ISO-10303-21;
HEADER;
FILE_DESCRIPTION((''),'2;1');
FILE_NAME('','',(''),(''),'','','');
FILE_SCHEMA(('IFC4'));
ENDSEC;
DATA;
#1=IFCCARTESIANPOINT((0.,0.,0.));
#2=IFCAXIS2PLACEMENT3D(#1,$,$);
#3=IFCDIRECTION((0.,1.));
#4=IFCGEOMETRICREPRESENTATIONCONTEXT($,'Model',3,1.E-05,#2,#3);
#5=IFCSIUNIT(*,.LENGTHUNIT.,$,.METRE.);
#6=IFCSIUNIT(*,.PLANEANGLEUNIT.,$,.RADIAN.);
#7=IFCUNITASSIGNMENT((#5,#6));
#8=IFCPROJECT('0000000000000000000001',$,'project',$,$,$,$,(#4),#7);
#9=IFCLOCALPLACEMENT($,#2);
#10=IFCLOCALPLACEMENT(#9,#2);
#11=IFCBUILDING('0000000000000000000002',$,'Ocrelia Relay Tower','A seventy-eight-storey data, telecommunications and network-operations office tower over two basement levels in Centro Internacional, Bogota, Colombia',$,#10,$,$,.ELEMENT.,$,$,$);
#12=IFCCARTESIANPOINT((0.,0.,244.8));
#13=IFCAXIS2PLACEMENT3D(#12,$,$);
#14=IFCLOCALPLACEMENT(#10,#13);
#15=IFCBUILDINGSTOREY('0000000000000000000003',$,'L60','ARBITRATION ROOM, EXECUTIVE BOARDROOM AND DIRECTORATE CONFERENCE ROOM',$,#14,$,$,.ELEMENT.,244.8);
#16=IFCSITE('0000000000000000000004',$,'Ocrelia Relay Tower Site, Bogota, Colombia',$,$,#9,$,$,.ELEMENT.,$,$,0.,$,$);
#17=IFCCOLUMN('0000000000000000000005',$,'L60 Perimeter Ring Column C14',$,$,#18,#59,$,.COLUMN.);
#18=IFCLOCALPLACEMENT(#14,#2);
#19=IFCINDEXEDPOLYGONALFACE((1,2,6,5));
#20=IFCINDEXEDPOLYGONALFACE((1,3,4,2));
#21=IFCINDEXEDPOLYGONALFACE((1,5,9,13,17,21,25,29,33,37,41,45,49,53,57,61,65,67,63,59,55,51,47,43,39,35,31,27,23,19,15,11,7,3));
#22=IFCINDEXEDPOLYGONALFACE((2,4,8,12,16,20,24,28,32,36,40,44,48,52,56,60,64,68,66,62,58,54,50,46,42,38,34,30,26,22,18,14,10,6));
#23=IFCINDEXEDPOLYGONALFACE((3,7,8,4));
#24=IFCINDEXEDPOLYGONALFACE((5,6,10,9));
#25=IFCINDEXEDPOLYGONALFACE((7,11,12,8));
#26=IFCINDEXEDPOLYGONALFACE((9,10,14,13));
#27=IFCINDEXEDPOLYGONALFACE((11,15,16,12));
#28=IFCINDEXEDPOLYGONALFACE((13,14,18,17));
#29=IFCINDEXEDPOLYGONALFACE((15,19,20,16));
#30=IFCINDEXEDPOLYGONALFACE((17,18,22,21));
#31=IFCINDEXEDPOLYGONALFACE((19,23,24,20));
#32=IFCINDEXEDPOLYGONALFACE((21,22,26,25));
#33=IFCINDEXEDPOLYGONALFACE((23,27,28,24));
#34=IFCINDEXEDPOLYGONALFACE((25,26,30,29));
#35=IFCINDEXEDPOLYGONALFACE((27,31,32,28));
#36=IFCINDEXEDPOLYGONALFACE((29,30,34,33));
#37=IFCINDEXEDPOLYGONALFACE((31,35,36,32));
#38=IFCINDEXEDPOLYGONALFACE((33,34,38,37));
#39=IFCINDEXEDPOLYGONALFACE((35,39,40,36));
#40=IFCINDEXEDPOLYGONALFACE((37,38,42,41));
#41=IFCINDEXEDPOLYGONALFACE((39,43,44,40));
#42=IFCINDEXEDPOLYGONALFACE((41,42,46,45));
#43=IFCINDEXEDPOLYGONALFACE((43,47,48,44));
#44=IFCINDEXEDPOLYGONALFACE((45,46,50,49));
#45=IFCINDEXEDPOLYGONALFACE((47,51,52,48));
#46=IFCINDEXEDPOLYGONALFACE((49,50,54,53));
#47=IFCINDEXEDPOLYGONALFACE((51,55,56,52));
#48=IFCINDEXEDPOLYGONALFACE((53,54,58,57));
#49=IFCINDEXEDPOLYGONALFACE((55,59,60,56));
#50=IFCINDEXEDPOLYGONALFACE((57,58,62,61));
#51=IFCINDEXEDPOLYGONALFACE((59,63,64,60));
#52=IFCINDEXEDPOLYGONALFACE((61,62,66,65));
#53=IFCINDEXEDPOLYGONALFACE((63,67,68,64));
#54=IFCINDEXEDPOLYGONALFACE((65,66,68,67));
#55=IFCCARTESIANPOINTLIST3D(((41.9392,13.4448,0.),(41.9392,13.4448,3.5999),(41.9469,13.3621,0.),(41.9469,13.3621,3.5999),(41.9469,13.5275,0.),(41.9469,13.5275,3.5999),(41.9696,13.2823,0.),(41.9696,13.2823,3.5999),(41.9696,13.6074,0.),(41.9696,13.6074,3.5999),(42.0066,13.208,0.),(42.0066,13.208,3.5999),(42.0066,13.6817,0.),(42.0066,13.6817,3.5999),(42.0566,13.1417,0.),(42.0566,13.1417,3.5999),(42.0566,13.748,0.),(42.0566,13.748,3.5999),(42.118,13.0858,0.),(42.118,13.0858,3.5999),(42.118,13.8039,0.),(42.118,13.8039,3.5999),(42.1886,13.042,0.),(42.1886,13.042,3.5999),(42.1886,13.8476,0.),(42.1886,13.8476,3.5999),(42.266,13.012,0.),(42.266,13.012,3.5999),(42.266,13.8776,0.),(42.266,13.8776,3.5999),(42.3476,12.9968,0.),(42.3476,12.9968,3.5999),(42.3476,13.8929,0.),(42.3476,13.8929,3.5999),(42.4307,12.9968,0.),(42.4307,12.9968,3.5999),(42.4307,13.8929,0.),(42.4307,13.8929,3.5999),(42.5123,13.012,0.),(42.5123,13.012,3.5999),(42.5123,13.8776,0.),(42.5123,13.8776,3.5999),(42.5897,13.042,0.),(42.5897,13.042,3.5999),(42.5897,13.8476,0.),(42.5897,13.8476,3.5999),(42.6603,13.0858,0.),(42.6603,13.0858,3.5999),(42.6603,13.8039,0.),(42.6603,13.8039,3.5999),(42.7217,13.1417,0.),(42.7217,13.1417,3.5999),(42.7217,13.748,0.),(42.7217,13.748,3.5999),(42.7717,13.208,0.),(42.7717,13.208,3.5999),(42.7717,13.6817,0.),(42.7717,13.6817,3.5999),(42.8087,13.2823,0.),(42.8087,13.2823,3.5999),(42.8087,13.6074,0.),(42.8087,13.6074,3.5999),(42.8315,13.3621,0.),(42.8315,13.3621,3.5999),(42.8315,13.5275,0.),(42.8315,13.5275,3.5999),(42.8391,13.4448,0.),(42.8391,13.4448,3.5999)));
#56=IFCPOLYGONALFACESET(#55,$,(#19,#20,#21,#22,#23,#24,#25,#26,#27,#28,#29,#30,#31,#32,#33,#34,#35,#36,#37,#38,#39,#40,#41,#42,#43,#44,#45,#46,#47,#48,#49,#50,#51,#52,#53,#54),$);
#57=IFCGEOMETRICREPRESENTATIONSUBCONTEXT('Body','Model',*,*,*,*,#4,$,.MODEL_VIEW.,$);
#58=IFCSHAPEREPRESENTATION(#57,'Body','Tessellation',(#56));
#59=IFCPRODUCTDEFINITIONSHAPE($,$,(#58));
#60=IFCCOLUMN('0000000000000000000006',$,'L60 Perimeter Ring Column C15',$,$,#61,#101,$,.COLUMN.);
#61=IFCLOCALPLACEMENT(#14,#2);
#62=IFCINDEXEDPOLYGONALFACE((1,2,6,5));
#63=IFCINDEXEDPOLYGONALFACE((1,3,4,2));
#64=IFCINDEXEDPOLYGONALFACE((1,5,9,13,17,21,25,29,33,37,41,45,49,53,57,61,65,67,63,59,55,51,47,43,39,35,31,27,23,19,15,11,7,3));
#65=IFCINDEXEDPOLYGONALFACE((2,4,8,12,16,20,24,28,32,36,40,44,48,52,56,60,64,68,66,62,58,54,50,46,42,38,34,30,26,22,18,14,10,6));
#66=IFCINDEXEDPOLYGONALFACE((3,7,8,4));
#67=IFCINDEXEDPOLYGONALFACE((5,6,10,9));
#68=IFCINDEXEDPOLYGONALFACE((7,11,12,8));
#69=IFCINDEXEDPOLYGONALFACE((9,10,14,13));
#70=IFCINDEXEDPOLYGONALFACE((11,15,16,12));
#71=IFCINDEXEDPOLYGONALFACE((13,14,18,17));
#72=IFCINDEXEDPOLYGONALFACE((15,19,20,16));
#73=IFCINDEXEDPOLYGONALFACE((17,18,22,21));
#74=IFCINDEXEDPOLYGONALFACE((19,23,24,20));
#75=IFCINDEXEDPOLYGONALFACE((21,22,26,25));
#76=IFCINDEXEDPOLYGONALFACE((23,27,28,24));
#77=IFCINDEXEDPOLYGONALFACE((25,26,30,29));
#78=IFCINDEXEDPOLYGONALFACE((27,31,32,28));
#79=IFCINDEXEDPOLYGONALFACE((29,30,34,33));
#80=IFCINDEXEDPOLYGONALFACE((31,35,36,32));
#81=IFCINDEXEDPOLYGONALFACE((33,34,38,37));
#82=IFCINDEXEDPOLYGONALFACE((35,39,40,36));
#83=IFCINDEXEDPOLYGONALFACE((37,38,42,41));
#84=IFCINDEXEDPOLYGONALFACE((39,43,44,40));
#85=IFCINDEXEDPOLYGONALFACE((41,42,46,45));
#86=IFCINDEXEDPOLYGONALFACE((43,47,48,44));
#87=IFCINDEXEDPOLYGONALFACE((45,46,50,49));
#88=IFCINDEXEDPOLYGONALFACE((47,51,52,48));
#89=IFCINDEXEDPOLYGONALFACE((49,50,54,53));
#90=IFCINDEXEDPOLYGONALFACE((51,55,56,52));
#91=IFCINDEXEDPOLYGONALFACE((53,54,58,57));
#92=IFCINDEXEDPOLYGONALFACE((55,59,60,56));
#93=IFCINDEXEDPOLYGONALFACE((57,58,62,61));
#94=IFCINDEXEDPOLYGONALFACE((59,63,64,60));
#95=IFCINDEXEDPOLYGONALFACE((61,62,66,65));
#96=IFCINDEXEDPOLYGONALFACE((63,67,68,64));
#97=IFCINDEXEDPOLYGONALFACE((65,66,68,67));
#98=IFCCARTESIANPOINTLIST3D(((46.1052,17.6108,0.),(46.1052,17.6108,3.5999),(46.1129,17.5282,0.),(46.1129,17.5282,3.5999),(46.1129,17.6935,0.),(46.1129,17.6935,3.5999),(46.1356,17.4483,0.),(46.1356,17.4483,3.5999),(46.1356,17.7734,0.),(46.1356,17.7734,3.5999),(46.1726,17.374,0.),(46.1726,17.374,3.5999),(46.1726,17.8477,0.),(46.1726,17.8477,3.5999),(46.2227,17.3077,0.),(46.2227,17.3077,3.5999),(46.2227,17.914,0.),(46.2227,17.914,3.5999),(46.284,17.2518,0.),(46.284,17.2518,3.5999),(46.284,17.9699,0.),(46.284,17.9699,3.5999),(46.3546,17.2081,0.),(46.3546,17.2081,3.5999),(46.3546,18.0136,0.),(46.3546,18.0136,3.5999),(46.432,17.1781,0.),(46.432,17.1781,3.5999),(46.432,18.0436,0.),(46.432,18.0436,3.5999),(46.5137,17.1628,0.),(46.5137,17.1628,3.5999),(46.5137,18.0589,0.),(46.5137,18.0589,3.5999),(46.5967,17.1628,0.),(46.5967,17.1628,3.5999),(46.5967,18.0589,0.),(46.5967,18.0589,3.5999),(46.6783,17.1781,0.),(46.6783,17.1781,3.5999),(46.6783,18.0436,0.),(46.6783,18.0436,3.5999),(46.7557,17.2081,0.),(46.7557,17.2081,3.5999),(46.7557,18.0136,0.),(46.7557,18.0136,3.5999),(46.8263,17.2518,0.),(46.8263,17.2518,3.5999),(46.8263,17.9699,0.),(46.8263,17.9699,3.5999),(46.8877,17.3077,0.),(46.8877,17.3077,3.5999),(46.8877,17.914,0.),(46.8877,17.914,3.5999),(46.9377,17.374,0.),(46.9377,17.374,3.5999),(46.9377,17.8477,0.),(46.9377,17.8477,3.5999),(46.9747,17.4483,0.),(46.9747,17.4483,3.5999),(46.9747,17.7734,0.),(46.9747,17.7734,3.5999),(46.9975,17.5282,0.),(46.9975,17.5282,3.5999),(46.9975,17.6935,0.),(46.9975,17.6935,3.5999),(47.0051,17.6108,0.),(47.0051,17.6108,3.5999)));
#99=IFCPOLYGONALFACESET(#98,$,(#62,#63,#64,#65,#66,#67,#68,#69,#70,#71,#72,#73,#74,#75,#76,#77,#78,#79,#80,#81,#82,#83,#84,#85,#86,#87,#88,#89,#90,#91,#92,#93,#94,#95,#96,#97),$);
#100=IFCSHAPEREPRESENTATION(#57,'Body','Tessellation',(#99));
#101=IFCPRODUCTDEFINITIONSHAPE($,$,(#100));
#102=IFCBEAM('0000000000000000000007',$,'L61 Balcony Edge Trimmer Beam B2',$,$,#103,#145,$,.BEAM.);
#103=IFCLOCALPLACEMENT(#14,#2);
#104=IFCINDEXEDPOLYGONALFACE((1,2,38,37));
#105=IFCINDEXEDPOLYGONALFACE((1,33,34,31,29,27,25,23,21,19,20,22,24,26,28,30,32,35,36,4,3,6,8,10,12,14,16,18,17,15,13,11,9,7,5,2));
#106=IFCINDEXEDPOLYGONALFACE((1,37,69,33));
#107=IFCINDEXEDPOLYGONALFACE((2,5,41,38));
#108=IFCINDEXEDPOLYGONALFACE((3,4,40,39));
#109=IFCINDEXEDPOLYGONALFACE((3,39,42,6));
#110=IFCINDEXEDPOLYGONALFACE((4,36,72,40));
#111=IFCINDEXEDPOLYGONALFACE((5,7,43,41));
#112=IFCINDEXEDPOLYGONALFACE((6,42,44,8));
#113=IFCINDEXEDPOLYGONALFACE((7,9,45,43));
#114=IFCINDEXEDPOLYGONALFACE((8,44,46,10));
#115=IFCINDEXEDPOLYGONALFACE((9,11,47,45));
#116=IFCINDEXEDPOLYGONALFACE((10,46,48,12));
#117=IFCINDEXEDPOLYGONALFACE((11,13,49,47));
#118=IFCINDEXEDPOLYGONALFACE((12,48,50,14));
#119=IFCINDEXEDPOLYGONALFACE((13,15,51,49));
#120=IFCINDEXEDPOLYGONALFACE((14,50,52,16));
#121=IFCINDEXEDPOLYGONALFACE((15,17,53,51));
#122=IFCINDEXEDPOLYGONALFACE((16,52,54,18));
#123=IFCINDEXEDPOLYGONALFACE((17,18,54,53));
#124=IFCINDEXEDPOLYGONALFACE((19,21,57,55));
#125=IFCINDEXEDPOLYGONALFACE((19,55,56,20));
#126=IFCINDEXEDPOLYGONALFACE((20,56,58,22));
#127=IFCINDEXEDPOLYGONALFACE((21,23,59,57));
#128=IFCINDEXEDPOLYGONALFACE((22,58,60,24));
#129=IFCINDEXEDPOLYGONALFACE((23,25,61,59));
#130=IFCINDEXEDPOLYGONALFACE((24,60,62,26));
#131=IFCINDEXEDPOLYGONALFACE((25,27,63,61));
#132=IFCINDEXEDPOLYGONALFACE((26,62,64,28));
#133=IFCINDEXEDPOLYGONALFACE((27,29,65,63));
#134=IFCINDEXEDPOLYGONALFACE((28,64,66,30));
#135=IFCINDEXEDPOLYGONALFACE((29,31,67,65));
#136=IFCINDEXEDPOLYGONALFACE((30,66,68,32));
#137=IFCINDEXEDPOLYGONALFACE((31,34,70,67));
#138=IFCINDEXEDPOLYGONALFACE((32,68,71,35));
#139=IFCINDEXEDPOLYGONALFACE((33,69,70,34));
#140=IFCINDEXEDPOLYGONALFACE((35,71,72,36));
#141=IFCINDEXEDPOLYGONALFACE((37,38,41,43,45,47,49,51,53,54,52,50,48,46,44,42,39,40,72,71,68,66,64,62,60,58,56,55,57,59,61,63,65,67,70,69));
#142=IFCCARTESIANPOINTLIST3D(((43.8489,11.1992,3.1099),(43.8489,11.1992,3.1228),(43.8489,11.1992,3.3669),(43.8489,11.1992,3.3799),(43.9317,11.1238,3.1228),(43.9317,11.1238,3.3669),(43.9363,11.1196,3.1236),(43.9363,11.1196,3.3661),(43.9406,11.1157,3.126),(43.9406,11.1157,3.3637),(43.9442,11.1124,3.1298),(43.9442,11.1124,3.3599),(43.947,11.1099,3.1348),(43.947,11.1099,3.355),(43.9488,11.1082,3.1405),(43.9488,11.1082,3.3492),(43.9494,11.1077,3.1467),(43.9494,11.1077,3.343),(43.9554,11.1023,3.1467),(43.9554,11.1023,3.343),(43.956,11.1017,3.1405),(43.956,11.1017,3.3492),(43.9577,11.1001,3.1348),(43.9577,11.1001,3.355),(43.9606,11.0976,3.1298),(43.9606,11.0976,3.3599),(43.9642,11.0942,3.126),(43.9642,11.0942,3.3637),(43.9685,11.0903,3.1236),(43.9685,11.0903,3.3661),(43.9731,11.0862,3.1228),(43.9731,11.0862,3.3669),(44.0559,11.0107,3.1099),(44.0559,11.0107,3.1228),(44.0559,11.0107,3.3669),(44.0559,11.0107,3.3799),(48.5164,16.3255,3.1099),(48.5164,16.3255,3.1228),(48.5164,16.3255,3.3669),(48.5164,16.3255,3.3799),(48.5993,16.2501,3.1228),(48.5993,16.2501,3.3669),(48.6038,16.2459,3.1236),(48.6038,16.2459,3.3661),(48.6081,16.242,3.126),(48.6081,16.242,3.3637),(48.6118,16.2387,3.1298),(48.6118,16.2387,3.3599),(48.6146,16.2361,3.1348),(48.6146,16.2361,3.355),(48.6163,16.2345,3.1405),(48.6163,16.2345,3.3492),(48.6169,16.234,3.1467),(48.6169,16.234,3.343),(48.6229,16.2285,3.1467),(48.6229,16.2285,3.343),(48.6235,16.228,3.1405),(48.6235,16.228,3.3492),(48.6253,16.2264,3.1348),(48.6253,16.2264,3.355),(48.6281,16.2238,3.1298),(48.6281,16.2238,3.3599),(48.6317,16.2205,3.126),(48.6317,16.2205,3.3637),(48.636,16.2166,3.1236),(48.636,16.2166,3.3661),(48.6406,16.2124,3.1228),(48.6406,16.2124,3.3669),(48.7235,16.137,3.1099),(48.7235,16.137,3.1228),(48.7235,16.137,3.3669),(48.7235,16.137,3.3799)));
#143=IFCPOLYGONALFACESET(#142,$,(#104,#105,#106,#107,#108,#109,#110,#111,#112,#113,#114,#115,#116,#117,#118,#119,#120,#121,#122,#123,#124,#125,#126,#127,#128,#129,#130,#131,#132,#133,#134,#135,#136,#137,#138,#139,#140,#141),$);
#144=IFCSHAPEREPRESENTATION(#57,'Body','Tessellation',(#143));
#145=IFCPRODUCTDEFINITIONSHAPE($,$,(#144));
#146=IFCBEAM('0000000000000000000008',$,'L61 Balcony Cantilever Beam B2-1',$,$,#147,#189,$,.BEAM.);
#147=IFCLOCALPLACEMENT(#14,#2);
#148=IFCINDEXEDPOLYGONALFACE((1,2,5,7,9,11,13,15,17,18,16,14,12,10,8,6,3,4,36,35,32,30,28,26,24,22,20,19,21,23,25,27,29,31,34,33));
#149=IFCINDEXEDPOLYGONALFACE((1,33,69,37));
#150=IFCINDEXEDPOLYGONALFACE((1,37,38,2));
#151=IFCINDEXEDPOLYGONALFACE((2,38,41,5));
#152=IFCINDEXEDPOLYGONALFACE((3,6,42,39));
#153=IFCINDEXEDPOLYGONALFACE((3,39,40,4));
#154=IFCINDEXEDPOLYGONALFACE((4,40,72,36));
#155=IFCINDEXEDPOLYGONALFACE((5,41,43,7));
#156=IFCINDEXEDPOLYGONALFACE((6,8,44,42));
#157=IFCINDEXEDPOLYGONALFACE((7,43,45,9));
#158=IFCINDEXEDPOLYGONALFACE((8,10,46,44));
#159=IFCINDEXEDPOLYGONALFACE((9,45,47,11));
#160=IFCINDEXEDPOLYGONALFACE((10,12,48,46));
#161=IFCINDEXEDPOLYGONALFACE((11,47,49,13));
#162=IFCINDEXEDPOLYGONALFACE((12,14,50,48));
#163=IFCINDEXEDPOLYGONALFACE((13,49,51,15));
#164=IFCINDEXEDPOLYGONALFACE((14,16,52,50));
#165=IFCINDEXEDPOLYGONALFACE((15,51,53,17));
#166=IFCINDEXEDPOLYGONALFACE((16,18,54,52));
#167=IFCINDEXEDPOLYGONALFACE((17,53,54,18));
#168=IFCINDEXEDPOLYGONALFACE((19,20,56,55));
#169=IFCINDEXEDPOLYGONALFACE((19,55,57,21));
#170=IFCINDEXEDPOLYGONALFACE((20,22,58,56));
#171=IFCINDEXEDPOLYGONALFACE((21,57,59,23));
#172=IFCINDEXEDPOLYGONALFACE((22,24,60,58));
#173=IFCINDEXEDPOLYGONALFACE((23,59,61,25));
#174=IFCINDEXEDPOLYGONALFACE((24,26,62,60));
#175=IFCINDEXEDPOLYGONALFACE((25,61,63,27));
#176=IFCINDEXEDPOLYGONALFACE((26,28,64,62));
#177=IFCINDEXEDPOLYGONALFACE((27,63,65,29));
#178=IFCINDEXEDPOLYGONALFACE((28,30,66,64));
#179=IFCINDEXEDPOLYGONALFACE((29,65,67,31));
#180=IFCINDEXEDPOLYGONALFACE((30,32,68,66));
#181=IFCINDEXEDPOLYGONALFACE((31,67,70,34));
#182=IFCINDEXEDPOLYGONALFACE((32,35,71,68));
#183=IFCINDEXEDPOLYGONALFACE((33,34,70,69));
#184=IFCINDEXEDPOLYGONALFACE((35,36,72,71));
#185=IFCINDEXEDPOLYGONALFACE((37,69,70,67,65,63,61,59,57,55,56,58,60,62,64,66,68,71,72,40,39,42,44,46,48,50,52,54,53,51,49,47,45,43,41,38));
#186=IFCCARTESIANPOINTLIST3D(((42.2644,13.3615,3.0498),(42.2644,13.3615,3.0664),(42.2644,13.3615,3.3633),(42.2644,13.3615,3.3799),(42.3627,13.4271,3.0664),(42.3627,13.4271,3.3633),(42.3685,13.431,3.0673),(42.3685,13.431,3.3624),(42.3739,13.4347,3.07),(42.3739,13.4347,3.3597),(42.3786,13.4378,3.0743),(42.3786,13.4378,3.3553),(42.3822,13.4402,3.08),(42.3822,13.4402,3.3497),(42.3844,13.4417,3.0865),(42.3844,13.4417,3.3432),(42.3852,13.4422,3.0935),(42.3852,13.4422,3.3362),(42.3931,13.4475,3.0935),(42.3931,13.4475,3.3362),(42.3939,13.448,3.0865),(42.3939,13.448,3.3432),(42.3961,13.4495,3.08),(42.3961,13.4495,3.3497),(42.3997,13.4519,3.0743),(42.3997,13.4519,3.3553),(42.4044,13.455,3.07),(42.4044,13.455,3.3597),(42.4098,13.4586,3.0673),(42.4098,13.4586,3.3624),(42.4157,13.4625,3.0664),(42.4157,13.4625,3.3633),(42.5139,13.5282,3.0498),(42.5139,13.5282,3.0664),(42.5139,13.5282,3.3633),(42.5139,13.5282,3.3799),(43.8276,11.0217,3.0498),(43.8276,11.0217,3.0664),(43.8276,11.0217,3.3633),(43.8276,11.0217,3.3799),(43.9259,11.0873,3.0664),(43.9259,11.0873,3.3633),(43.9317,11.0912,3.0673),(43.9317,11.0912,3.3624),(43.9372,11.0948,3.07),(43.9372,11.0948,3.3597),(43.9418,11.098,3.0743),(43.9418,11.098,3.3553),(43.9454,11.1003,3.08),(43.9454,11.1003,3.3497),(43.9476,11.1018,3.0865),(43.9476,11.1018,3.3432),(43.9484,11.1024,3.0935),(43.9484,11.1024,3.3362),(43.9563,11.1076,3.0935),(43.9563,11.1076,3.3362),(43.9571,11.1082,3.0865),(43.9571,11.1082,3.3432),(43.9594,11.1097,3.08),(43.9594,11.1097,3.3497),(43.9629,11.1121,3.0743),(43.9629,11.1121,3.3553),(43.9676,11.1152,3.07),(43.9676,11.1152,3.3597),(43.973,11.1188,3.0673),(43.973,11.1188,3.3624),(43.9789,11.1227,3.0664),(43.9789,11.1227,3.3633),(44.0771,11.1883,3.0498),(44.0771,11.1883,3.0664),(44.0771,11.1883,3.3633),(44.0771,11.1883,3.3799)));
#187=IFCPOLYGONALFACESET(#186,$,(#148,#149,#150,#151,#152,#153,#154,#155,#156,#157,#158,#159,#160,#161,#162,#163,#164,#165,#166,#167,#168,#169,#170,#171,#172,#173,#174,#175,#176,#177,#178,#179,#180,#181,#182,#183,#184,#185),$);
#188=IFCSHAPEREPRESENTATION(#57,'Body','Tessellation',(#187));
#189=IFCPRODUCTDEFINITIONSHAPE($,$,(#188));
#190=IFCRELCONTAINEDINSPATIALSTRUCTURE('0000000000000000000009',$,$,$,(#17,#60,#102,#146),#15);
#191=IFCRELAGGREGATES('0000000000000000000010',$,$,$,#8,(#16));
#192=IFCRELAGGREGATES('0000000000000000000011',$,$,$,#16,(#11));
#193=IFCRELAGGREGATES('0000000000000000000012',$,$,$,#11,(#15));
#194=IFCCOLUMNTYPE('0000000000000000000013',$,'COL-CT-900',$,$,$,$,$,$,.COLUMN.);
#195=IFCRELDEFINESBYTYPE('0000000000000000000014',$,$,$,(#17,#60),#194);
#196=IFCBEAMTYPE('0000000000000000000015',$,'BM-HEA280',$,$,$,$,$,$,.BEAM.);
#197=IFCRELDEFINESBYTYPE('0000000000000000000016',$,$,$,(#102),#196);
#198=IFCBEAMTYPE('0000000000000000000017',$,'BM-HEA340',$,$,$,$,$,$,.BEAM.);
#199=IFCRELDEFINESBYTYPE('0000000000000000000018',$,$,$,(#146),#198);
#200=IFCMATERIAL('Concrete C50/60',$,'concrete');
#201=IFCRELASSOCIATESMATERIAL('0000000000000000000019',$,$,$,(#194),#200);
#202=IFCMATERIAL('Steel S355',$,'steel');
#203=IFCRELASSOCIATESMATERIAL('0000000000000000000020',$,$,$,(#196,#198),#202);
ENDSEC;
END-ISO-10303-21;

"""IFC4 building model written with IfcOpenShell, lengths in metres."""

from ifc_helpers import new_model, si_unit, direction, frame, origin, origin_2d, place, context, subcontext, project, spatial, circle, i_section, extrude, material, material_profile, profile_set, type_object, element, save


model = new_model("IFC4")

# Units and contexts
model_context = context("Model", 3, precision=1e-05, world=origin(), true_north=direction((0.0, 1.0)))
body_context = subcontext(model_context, "Body", "Model", "MODEL_VIEW")
ifc_project = project(units=[si_unit("LENGTHUNIT", "METRE"), si_unit("PLANEANGLEUNIT", "RADIAN")], contexts=[model_context])

# Site, building, storey
site_placement = place(None, origin())
site = spatial("IfcSite", under=ifc_project, at=site_placement, Name="Ocrelia Relay Tower Site, Bogota, Colombia", CompositionType="ELEMENT", RefElevation=0.0)
building_placement = place(site_placement, origin())
building = spatial("IfcBuilding", under=site, at=building_placement, Name="Ocrelia Relay Tower", Description="A seventy-eight-storey data, telecommunications and network-operations office tower over two basement levels in Centro Internacional, Bogota, Colombia", CompositionType="ELEMENT")
storey_placement = place(building_placement, frame((0.0, 0.0, 244.8)))
storey = spatial("IfcBuildingStorey", under=building, at=storey_placement, Name="L60", Description="ARBITRATION ROOM, EXECUTIVE BOARDROOM AND DIRECTORATE CONFERENCE ROOM", CompositionType="ELEMENT", Elevation=244.8)

# Columns
ifc_material_1 = material(Name="Concrete C50/60", Category="concrete")
ifc_material_profile_1 = material_profile(ifc_material_1, circle(Radius=0.45, at=origin_2d()), Name="RC-CIR-900")
ifc_profile_set_1 = profile_set([ifc_material_profile_1], Name="Concrete C50/60")
column_type = type_object("IfcColumnType", Name="COL-CT-900", PredefinedType="COLUMN", material=ifc_profile_set_1)
for number, where, z_axis, x_axis, name in (
    (1, (42.3892, 13.4448, 0.0), (0.0, 0.0, 1.0), (1.0, 0.0, 0.0), "L60 Perimeter Ring Column C14"),
    (2, (46.5552, 17.6108, 0.0), (0.0, 0.0, 1.0), (1.0, 0.0, 0.0), "L60 Perimeter Ring Column C15"),
):
    element("IfcColumn", number, at=place(storey_placement, frame(where, z_axis=z_axis, x_axis=x_axis)), inside=storey, type_object=column_type, Name=name, PredefinedType="COLUMN", context=body_context, shape_type="SweptSolid", body=[
        extrude(circle(Radius=0.45, at=origin_2d()), origin(), (0.0, 0.0, 1.0), 3.5999),
    ])

# Beams
ifc_material_2 = material(Name="Steel S355", Category="steel")
ifc_material_profile_2 = material_profile(ifc_material_2, i_section(OverallWidth=0.28, OverallDepth=0.27, WebThickness=0.0081, FlangeThickness=0.0129, FilletRadius=0.0239, at=origin_2d()), Name="HEA 280")
ifc_profile_set_2 = profile_set([ifc_material_profile_2], Name="Steel S355")
beam_type_1 = type_object("IfcBeamType", Name="BM-HEA280", PredefinedType="BEAM", material=ifc_profile_set_2)
beam_1_placement = place(storey_placement, frame((43.9524, 11.105, 3.2449), z_axis=(0.673248, 0.739417, 0.0), x_axis=(-0.739417, 0.673248, 0.0)))
element("IfcBeam", 3, at=beam_1_placement, inside=storey, type_object=beam_type_1, Name="L61 Balcony Edge Trimmer Beam B2", PredefinedType="BEAM", context=body_context, shape_type="SweptSolid", body=[
    extrude(i_section(OverallWidth=0.28, OverallDepth=0.27, WebThickness=0.0081, FlangeThickness=0.0129, FilletRadius=0.0239, at=origin_2d()), origin(), (0.0, 0.0, 1.0), 6.9329),
])
ifc_material_profile_3 = material_profile(ifc_material_2, i_section(OverallWidth=0.3, OverallDepth=0.3301, WebThickness=0.0095, FlangeThickness=0.0166, FilletRadius=0.0271, at=origin_2d()), Name="HEA 340")
ifc_profile_set_3 = profile_set([ifc_material_profile_3], Name="Steel S355")
beam_type_2 = type_object("IfcBeamType", Name="BM-HEA340", PredefinedType="BEAM", material=ifc_profile_set_3)
beam_2_placement = place(storey_placement, frame((42.3892, 13.4448, 3.2148), z_axis=(0.555521, -0.831503, 0.0), x_axis=(0.831503, 0.555521, 0.0)))
element("IfcBeam", 4, at=beam_2_placement, inside=storey, type_object=beam_type_2, Name="L61 Balcony Cantilever Beam B2-1", PredefinedType="BEAM", context=body_context, shape_type="SweptSolid", body=[
    extrude(i_section(OverallWidth=0.3, OverallDepth=0.3301, WebThickness=0.0095, FlangeThickness=0.0166, FilletRadius=0.0271, at=origin_2d()), origin(), (0.0, 0.0, 1.0), 2.814),
])

save(model, "model.ifc")
